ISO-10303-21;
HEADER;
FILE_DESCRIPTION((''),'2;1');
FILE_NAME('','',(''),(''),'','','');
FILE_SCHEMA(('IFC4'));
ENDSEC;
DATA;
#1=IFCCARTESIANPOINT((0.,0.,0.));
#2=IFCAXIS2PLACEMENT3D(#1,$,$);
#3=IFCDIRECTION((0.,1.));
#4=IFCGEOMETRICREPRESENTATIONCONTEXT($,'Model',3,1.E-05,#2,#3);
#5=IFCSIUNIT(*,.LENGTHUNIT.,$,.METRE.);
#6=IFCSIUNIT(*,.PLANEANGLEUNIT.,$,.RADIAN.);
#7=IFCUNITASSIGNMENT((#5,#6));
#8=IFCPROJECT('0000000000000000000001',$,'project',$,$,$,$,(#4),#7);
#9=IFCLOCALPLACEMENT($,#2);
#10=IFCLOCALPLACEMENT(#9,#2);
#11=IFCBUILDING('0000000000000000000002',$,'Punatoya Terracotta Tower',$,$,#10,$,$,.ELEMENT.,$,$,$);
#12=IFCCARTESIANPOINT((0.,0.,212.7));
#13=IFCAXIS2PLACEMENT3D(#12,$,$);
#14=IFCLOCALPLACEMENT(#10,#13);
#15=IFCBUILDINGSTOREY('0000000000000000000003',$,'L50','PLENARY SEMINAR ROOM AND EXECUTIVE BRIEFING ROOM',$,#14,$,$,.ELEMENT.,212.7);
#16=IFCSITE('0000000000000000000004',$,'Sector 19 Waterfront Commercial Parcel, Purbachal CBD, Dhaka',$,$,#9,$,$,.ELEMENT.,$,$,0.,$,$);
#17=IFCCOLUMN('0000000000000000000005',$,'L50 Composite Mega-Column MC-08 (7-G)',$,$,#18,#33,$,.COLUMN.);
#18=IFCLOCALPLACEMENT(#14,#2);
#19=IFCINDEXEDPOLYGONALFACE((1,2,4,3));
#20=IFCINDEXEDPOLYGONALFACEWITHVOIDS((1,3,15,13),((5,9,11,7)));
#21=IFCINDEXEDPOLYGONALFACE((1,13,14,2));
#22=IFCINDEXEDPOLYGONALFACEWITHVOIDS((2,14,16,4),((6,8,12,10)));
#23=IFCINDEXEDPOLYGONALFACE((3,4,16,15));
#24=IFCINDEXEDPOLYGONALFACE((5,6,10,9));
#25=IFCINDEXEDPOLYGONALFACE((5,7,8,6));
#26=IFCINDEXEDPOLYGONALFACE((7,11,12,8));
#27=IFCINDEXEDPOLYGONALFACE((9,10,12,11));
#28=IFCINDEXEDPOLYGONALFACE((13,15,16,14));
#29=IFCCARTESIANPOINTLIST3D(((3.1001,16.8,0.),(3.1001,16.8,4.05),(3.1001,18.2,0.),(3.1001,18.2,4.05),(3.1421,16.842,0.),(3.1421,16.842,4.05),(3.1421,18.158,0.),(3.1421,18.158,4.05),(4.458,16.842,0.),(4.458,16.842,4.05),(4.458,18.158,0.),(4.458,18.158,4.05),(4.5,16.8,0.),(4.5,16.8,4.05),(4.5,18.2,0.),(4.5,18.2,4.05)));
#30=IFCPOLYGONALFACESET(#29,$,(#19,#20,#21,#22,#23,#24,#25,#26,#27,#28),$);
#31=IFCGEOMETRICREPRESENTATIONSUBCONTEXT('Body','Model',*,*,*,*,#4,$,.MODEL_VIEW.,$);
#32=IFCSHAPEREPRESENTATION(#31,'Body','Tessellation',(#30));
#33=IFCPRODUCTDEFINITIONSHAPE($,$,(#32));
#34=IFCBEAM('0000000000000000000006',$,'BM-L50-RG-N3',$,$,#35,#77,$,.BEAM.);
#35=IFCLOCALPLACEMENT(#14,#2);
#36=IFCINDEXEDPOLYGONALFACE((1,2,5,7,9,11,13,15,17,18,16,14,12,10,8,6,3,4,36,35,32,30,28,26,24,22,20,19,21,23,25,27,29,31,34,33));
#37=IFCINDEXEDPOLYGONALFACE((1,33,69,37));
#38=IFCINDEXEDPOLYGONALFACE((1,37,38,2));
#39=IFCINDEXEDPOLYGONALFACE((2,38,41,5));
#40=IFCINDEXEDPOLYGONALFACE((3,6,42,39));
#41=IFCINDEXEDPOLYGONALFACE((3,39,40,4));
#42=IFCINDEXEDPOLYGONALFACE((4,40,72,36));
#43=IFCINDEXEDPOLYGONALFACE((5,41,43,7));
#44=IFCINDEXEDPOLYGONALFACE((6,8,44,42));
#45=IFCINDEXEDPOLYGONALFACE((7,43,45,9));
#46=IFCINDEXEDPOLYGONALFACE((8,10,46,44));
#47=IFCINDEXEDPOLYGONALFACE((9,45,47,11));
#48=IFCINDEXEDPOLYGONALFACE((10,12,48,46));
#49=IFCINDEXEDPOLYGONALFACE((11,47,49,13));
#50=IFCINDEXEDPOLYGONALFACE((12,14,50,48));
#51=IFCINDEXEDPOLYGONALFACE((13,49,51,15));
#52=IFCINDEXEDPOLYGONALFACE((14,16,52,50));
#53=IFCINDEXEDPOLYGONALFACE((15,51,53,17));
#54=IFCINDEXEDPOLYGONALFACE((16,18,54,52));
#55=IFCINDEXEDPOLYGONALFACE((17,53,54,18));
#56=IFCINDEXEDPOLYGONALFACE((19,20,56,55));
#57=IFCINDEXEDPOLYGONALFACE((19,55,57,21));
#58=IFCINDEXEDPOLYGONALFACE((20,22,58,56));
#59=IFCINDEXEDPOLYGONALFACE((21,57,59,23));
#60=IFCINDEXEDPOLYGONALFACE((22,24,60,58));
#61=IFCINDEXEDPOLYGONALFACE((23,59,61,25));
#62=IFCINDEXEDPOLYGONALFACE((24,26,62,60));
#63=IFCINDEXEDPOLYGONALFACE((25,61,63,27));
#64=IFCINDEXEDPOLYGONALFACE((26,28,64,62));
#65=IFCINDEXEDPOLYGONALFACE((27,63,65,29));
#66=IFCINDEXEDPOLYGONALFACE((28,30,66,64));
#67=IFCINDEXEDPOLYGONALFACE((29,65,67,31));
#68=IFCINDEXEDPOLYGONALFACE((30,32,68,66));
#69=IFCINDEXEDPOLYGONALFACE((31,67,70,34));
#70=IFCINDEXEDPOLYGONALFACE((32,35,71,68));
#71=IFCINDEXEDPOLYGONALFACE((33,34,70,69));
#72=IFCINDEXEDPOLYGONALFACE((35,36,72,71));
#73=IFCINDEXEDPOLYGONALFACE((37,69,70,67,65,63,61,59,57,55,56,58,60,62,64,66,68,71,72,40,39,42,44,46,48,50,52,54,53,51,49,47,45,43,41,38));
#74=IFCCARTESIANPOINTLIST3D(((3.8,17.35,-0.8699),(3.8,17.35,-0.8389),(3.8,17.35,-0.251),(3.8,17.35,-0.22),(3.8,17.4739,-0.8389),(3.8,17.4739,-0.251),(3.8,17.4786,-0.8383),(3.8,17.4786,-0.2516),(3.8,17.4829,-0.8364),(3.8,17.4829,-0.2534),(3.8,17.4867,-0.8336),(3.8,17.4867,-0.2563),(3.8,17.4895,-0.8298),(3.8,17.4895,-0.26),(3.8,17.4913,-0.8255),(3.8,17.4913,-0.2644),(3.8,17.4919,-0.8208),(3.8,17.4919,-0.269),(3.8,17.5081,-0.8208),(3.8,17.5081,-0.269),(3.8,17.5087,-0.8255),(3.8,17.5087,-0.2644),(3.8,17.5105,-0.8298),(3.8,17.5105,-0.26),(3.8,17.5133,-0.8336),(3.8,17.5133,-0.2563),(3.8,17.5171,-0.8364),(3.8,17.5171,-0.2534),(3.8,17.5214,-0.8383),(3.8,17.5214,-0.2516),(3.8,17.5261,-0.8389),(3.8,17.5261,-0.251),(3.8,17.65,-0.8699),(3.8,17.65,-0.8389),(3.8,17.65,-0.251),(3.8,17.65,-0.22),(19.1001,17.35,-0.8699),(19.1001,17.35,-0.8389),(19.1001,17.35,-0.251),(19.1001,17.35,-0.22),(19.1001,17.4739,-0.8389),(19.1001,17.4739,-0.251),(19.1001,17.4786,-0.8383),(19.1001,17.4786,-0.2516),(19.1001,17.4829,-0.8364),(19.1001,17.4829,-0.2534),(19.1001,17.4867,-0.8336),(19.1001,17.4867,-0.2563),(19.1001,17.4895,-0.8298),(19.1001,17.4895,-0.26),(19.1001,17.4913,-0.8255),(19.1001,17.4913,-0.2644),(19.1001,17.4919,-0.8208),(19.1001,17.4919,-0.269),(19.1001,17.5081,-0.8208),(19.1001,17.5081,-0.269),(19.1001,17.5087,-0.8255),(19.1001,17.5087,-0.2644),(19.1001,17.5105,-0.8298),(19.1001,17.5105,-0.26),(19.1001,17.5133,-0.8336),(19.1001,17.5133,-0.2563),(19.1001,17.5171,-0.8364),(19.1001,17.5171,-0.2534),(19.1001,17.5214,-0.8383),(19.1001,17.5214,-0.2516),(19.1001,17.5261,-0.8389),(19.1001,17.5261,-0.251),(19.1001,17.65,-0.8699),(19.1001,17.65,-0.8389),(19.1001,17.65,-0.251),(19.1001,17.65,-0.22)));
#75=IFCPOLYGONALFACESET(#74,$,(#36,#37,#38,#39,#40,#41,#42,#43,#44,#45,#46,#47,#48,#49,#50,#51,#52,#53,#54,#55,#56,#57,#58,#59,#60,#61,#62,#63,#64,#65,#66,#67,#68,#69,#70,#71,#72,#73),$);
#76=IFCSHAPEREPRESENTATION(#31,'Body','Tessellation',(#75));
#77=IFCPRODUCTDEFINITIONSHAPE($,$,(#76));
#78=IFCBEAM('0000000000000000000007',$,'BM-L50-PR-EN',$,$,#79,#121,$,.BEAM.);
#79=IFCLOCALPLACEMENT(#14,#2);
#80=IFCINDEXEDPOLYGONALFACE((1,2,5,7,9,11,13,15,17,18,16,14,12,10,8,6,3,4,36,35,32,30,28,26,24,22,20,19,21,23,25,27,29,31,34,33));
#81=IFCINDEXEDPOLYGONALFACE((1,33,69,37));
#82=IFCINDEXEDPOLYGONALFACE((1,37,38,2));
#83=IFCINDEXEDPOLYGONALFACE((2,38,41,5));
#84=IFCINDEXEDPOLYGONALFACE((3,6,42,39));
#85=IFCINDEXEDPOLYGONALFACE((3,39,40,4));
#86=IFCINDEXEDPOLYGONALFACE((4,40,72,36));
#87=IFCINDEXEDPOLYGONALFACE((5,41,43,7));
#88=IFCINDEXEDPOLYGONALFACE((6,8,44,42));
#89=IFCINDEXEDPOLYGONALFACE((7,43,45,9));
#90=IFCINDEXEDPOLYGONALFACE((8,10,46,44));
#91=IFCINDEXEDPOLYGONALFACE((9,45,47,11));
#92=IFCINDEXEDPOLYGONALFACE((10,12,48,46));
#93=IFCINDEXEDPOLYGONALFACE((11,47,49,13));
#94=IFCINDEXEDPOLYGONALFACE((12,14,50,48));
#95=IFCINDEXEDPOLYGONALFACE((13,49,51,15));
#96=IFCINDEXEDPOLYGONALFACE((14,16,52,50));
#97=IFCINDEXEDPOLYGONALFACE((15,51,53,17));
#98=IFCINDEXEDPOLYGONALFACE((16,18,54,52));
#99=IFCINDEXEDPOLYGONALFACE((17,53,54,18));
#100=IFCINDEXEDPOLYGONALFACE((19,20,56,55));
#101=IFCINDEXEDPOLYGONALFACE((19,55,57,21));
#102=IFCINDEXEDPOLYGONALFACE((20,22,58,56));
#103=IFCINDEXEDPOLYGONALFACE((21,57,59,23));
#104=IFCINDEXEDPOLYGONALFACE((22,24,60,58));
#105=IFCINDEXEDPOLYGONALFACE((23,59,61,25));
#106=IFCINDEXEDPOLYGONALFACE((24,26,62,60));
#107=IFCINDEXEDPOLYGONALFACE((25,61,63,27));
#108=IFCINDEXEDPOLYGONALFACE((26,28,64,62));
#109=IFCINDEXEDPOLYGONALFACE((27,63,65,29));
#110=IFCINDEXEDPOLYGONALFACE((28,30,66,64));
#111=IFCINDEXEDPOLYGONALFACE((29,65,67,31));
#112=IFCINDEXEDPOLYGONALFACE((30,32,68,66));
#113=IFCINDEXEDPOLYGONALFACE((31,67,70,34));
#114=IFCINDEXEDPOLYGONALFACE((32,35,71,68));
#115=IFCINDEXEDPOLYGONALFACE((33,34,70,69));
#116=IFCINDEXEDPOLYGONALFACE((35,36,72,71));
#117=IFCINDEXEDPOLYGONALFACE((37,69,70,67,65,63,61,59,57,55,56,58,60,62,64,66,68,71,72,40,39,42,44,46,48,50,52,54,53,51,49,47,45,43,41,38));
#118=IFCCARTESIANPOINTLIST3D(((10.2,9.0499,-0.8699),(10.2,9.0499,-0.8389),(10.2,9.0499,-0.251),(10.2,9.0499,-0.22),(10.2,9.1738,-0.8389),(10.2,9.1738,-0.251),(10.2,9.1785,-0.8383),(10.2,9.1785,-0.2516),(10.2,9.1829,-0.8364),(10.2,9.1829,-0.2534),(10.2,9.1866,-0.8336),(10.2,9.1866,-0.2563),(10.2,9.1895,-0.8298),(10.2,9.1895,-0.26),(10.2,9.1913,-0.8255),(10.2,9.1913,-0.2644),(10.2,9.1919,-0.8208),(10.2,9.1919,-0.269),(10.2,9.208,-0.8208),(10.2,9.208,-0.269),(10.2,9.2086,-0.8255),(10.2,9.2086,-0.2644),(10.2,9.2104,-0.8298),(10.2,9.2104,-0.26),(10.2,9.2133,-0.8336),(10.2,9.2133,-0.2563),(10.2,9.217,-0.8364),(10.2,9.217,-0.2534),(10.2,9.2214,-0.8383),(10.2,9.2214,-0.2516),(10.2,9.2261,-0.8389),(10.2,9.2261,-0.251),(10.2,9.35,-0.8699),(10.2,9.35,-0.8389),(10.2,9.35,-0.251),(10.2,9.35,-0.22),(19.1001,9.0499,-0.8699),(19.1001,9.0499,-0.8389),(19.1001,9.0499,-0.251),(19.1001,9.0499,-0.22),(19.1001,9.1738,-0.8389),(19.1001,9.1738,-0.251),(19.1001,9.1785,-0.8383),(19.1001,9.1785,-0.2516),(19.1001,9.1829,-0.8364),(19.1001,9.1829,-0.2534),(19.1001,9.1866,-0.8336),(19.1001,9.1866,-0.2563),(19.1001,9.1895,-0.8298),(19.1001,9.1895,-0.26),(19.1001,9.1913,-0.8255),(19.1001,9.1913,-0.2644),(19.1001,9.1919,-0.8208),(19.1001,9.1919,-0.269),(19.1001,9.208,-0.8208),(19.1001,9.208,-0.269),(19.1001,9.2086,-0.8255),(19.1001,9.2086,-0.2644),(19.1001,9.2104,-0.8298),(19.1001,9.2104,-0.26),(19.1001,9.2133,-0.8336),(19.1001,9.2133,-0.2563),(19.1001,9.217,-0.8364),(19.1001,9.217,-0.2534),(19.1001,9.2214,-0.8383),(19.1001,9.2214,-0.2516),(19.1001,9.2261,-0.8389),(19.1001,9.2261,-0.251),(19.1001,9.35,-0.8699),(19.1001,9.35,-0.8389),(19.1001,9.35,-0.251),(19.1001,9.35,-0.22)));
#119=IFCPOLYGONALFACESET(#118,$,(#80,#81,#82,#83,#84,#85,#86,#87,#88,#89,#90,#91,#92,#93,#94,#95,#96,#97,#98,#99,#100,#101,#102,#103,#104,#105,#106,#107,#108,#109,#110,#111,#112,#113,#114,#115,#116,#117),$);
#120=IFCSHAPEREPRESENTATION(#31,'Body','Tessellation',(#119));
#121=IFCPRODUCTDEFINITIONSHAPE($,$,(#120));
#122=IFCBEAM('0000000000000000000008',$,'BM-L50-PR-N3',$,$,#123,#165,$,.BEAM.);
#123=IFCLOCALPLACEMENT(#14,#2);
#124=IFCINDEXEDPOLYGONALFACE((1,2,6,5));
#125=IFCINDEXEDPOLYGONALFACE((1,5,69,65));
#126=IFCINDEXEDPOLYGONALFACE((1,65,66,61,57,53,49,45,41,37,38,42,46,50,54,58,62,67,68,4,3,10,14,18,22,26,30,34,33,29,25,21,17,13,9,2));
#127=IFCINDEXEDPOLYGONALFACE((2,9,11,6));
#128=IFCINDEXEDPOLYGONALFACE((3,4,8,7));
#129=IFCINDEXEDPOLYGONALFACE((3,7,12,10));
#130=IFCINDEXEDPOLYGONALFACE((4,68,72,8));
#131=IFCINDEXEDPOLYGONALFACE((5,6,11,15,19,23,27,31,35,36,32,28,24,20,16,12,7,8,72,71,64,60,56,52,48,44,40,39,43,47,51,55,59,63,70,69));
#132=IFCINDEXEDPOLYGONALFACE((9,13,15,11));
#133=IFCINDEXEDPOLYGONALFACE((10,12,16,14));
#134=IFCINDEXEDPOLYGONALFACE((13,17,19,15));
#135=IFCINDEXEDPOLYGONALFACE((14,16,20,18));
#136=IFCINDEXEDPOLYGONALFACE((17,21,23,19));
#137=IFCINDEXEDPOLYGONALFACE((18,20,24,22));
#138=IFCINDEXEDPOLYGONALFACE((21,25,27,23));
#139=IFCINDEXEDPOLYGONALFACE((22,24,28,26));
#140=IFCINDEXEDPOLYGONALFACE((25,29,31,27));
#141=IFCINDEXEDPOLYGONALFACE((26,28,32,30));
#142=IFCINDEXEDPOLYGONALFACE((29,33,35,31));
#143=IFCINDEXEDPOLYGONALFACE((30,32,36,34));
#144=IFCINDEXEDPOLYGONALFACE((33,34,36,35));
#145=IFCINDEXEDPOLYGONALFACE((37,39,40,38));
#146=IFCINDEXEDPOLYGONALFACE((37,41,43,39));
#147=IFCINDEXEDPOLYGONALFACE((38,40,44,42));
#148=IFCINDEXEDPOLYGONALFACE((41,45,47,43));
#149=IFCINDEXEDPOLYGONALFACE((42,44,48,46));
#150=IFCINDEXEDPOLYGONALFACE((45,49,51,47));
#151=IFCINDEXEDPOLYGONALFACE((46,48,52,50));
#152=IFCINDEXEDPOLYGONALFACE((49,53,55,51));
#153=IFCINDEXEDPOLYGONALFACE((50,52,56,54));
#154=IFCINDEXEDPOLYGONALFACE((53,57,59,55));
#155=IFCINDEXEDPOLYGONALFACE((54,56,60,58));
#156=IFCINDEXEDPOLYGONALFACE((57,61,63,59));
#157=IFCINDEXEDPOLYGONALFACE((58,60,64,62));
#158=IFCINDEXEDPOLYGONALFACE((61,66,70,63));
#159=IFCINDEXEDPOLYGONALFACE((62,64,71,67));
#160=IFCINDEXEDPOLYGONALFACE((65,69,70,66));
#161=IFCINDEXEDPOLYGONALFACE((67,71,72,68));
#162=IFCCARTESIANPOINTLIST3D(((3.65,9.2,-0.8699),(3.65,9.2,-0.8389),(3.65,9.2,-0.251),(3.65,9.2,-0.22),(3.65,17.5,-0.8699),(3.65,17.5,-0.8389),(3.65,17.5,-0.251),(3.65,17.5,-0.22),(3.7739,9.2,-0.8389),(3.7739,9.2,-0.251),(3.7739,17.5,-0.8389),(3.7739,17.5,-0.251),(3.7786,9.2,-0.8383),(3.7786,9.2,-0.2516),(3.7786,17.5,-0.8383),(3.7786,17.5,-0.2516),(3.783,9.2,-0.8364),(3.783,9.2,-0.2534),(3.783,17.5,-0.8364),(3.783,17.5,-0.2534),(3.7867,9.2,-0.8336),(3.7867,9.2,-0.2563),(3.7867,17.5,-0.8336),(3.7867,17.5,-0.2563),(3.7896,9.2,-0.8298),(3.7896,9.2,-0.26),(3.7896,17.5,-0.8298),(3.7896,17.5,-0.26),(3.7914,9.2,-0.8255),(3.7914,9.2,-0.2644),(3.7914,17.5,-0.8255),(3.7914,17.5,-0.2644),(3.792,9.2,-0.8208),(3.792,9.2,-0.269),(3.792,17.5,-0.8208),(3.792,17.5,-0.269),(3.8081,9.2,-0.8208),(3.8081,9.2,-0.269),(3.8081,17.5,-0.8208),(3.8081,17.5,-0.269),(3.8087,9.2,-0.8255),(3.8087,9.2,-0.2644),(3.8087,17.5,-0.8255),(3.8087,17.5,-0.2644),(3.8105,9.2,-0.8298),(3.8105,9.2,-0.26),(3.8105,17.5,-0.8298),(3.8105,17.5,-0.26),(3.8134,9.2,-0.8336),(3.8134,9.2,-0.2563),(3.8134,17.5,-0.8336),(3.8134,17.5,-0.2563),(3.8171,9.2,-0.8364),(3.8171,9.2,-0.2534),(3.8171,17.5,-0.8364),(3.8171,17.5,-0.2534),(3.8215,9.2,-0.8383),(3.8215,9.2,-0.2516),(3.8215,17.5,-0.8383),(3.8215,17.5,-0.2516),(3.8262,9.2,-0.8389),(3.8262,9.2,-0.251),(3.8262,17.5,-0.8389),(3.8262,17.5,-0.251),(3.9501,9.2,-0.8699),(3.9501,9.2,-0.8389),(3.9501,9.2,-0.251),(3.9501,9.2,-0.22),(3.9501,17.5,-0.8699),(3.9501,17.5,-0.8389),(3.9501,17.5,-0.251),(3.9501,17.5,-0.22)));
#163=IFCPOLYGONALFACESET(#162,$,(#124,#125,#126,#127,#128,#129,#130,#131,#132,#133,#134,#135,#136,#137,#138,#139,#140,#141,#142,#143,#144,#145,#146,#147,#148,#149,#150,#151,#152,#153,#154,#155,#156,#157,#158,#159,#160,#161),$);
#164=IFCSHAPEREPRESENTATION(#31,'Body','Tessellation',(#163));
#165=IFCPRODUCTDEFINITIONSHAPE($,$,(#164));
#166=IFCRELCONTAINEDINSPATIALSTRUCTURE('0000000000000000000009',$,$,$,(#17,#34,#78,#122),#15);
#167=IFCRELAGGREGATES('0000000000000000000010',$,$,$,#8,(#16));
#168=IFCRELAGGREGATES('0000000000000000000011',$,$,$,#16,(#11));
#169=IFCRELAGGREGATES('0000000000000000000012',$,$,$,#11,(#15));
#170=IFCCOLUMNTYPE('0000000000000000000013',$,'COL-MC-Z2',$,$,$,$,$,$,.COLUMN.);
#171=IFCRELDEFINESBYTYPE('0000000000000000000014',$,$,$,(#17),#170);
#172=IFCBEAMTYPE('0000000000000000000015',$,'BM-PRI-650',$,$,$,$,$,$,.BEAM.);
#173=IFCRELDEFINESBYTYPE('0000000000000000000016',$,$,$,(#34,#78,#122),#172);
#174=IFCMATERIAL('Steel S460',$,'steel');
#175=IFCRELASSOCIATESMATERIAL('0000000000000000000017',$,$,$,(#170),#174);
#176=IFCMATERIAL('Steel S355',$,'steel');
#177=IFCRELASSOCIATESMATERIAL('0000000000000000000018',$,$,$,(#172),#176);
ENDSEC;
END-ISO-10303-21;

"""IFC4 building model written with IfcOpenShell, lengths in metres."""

from ifc_helpers import new_model, si_unit, direction, frame, origin, origin_2d, place, context, subcontext, project, spatial, hollow_rectangle, i_section, extrude, material, material_profile, profile_set, type_object, element, save


model = new_model("IFC4")

# Units and contexts
model_context = context("Model", 3, precision=1e-05, world=origin(), true_north=direction((0.0, 1.0)))
body_context = subcontext(model_context, "Body", "Model", "MODEL_VIEW")
ifc_project = project(units=[si_unit("LENGTHUNIT", "METRE"), si_unit("PLANEANGLEUNIT", "RADIAN")], contexts=[model_context])

# Site, building, storey
site_placement = place(None, origin())
site = spatial("IfcSite", under=ifc_project, at=site_placement, Name="Sector 19 Waterfront Commercial Parcel, Purbachal CBD, Dhaka", CompositionType="ELEMENT", RefElevation=0.0)
building_placement = place(site_placement, origin())
building = spatial("IfcBuilding", under=site, at=building_placement, Name="Punatoya Terracotta Tower", CompositionType="ELEMENT")
storey_placement = place(building_placement, frame((0.0, 0.0, 212.7)))
storey = spatial("IfcBuildingStorey", under=building, at=storey_placement, Name="L50", Description="PLENARY SEMINAR ROOM AND EXECUTIVE BRIEFING ROOM", CompositionType="ELEMENT", Elevation=212.7)

# Column
ifc_material_1 = material(Name="Steel S460", Category="steel")
ifc_material_profile_1 = material_profile(ifc_material_1, hollow_rectangle(XDim=1.3999, YDim=1.3999, WallThickness=0.042, at=origin_2d()))
ifc_profile_set_1 = profile_set([ifc_material_profile_1], Name="Steel S460")
column_type = type_object("IfcColumnType", Name="COL-MC-Z2", PredefinedType="COLUMN", material=ifc_profile_set_1)
column_placement = place(storey_placement, frame((3.8, 17.5, 0.0), z_axis=(0.0, 0.0, 1.0), x_axis=(1.0, 0.0, 0.0)))
element("IfcColumn", 1, at=column_placement, inside=storey, type_object=column_type, Name="L50 Composite Mega-Column MC-08 (7-G)", PredefinedType="COLUMN", context=body_context, shape_type="SweptSolid", body=[
    extrude(hollow_rectangle(XDim=1.3999, YDim=1.3999, WallThickness=0.042, at=origin_2d()), origin(), (0.0, 0.0, 1.0), 4.05),
])

# Beams
ifc_material_2 = material(Name="Steel S355", Category="steel")
ifc_material_profile_2 = material_profile(ifc_material_2, i_section(OverallWidth=0.3, OverallDepth=0.6499, WebThickness=0.0161, FlangeThickness=0.031, FilletRadius=0.0181, at=origin_2d()))
ifc_profile_set_2 = profile_set([ifc_material_profile_2], Name="Steel S355")
beam_type_1 = type_object("IfcBeamType", Name="BM-PRI-650", PredefinedType="BEAM", material=ifc_profile_set_2)
beam_1_placement = place(storey_placement, frame((3.8, 17.5, -0.5449), z_axis=(1.0, 0.0, 0.0), x_axis=(0.0, 1.0, 0.0)))
element("IfcBeam", 2, at=beam_1_placement, inside=storey, type_object=beam_type_1, Name="BM-L50-RG-N3", PredefinedType="BEAM", context=body_context, shape_type="SweptSolid", body=[
    extrude(i_section(OverallWidth=0.3, OverallDepth=0.6499, WebThickness=0.0161, FlangeThickness=0.031, FilletRadius=0.0181, at=origin_2d()), origin(), (0.0, 0.0, 1.0), 15.3),
])
beam_2_placement = place(storey_placement, frame((10.2, 9.2, -0.5449), z_axis=(1.0, 0.0, 0.0), x_axis=(0.0, 1.0, 0.0)))
element("IfcBeam", 3, at=beam_2_placement, inside=storey, type_object=beam_type_1, Name="BM-L50-PR-EN", PredefinedType="BEAM", context=body_context, shape_type="SweptSolid", body=[
    extrude(i_section(OverallWidth=0.3, OverallDepth=0.6499, WebThickness=0.0161, FlangeThickness=0.031, FilletRadius=0.0181, at=origin_2d()), origin(), (0.0, 0.0, 1.0), 8.9001),
])
for number, where, z_axis, x_axis, name in (
    (4, (3.8, 9.2, -0.5449), (0.0, 1.0, 0.0), (-1.0, 0.0, 0.0), "BM-L50-PR-N3"),
):
    element("IfcBeam", number, at=place(storey_placement, frame(where, z_axis=z_axis, x_axis=x_axis)), inside=storey, type_object=beam_type_1, Name=name, PredefinedType="BEAM", context=body_context, shape_type="SweptSolid", body=[
        extrude(i_section(OverallWidth=0.3, OverallDepth=0.6499, WebThickness=0.0161, FlangeThickness=0.031, FilletRadius=0.0181, at=origin_2d()), origin(), (0.0, 0.0, 1.0), 8.3),
    ])

save(model, "model.ifc")
